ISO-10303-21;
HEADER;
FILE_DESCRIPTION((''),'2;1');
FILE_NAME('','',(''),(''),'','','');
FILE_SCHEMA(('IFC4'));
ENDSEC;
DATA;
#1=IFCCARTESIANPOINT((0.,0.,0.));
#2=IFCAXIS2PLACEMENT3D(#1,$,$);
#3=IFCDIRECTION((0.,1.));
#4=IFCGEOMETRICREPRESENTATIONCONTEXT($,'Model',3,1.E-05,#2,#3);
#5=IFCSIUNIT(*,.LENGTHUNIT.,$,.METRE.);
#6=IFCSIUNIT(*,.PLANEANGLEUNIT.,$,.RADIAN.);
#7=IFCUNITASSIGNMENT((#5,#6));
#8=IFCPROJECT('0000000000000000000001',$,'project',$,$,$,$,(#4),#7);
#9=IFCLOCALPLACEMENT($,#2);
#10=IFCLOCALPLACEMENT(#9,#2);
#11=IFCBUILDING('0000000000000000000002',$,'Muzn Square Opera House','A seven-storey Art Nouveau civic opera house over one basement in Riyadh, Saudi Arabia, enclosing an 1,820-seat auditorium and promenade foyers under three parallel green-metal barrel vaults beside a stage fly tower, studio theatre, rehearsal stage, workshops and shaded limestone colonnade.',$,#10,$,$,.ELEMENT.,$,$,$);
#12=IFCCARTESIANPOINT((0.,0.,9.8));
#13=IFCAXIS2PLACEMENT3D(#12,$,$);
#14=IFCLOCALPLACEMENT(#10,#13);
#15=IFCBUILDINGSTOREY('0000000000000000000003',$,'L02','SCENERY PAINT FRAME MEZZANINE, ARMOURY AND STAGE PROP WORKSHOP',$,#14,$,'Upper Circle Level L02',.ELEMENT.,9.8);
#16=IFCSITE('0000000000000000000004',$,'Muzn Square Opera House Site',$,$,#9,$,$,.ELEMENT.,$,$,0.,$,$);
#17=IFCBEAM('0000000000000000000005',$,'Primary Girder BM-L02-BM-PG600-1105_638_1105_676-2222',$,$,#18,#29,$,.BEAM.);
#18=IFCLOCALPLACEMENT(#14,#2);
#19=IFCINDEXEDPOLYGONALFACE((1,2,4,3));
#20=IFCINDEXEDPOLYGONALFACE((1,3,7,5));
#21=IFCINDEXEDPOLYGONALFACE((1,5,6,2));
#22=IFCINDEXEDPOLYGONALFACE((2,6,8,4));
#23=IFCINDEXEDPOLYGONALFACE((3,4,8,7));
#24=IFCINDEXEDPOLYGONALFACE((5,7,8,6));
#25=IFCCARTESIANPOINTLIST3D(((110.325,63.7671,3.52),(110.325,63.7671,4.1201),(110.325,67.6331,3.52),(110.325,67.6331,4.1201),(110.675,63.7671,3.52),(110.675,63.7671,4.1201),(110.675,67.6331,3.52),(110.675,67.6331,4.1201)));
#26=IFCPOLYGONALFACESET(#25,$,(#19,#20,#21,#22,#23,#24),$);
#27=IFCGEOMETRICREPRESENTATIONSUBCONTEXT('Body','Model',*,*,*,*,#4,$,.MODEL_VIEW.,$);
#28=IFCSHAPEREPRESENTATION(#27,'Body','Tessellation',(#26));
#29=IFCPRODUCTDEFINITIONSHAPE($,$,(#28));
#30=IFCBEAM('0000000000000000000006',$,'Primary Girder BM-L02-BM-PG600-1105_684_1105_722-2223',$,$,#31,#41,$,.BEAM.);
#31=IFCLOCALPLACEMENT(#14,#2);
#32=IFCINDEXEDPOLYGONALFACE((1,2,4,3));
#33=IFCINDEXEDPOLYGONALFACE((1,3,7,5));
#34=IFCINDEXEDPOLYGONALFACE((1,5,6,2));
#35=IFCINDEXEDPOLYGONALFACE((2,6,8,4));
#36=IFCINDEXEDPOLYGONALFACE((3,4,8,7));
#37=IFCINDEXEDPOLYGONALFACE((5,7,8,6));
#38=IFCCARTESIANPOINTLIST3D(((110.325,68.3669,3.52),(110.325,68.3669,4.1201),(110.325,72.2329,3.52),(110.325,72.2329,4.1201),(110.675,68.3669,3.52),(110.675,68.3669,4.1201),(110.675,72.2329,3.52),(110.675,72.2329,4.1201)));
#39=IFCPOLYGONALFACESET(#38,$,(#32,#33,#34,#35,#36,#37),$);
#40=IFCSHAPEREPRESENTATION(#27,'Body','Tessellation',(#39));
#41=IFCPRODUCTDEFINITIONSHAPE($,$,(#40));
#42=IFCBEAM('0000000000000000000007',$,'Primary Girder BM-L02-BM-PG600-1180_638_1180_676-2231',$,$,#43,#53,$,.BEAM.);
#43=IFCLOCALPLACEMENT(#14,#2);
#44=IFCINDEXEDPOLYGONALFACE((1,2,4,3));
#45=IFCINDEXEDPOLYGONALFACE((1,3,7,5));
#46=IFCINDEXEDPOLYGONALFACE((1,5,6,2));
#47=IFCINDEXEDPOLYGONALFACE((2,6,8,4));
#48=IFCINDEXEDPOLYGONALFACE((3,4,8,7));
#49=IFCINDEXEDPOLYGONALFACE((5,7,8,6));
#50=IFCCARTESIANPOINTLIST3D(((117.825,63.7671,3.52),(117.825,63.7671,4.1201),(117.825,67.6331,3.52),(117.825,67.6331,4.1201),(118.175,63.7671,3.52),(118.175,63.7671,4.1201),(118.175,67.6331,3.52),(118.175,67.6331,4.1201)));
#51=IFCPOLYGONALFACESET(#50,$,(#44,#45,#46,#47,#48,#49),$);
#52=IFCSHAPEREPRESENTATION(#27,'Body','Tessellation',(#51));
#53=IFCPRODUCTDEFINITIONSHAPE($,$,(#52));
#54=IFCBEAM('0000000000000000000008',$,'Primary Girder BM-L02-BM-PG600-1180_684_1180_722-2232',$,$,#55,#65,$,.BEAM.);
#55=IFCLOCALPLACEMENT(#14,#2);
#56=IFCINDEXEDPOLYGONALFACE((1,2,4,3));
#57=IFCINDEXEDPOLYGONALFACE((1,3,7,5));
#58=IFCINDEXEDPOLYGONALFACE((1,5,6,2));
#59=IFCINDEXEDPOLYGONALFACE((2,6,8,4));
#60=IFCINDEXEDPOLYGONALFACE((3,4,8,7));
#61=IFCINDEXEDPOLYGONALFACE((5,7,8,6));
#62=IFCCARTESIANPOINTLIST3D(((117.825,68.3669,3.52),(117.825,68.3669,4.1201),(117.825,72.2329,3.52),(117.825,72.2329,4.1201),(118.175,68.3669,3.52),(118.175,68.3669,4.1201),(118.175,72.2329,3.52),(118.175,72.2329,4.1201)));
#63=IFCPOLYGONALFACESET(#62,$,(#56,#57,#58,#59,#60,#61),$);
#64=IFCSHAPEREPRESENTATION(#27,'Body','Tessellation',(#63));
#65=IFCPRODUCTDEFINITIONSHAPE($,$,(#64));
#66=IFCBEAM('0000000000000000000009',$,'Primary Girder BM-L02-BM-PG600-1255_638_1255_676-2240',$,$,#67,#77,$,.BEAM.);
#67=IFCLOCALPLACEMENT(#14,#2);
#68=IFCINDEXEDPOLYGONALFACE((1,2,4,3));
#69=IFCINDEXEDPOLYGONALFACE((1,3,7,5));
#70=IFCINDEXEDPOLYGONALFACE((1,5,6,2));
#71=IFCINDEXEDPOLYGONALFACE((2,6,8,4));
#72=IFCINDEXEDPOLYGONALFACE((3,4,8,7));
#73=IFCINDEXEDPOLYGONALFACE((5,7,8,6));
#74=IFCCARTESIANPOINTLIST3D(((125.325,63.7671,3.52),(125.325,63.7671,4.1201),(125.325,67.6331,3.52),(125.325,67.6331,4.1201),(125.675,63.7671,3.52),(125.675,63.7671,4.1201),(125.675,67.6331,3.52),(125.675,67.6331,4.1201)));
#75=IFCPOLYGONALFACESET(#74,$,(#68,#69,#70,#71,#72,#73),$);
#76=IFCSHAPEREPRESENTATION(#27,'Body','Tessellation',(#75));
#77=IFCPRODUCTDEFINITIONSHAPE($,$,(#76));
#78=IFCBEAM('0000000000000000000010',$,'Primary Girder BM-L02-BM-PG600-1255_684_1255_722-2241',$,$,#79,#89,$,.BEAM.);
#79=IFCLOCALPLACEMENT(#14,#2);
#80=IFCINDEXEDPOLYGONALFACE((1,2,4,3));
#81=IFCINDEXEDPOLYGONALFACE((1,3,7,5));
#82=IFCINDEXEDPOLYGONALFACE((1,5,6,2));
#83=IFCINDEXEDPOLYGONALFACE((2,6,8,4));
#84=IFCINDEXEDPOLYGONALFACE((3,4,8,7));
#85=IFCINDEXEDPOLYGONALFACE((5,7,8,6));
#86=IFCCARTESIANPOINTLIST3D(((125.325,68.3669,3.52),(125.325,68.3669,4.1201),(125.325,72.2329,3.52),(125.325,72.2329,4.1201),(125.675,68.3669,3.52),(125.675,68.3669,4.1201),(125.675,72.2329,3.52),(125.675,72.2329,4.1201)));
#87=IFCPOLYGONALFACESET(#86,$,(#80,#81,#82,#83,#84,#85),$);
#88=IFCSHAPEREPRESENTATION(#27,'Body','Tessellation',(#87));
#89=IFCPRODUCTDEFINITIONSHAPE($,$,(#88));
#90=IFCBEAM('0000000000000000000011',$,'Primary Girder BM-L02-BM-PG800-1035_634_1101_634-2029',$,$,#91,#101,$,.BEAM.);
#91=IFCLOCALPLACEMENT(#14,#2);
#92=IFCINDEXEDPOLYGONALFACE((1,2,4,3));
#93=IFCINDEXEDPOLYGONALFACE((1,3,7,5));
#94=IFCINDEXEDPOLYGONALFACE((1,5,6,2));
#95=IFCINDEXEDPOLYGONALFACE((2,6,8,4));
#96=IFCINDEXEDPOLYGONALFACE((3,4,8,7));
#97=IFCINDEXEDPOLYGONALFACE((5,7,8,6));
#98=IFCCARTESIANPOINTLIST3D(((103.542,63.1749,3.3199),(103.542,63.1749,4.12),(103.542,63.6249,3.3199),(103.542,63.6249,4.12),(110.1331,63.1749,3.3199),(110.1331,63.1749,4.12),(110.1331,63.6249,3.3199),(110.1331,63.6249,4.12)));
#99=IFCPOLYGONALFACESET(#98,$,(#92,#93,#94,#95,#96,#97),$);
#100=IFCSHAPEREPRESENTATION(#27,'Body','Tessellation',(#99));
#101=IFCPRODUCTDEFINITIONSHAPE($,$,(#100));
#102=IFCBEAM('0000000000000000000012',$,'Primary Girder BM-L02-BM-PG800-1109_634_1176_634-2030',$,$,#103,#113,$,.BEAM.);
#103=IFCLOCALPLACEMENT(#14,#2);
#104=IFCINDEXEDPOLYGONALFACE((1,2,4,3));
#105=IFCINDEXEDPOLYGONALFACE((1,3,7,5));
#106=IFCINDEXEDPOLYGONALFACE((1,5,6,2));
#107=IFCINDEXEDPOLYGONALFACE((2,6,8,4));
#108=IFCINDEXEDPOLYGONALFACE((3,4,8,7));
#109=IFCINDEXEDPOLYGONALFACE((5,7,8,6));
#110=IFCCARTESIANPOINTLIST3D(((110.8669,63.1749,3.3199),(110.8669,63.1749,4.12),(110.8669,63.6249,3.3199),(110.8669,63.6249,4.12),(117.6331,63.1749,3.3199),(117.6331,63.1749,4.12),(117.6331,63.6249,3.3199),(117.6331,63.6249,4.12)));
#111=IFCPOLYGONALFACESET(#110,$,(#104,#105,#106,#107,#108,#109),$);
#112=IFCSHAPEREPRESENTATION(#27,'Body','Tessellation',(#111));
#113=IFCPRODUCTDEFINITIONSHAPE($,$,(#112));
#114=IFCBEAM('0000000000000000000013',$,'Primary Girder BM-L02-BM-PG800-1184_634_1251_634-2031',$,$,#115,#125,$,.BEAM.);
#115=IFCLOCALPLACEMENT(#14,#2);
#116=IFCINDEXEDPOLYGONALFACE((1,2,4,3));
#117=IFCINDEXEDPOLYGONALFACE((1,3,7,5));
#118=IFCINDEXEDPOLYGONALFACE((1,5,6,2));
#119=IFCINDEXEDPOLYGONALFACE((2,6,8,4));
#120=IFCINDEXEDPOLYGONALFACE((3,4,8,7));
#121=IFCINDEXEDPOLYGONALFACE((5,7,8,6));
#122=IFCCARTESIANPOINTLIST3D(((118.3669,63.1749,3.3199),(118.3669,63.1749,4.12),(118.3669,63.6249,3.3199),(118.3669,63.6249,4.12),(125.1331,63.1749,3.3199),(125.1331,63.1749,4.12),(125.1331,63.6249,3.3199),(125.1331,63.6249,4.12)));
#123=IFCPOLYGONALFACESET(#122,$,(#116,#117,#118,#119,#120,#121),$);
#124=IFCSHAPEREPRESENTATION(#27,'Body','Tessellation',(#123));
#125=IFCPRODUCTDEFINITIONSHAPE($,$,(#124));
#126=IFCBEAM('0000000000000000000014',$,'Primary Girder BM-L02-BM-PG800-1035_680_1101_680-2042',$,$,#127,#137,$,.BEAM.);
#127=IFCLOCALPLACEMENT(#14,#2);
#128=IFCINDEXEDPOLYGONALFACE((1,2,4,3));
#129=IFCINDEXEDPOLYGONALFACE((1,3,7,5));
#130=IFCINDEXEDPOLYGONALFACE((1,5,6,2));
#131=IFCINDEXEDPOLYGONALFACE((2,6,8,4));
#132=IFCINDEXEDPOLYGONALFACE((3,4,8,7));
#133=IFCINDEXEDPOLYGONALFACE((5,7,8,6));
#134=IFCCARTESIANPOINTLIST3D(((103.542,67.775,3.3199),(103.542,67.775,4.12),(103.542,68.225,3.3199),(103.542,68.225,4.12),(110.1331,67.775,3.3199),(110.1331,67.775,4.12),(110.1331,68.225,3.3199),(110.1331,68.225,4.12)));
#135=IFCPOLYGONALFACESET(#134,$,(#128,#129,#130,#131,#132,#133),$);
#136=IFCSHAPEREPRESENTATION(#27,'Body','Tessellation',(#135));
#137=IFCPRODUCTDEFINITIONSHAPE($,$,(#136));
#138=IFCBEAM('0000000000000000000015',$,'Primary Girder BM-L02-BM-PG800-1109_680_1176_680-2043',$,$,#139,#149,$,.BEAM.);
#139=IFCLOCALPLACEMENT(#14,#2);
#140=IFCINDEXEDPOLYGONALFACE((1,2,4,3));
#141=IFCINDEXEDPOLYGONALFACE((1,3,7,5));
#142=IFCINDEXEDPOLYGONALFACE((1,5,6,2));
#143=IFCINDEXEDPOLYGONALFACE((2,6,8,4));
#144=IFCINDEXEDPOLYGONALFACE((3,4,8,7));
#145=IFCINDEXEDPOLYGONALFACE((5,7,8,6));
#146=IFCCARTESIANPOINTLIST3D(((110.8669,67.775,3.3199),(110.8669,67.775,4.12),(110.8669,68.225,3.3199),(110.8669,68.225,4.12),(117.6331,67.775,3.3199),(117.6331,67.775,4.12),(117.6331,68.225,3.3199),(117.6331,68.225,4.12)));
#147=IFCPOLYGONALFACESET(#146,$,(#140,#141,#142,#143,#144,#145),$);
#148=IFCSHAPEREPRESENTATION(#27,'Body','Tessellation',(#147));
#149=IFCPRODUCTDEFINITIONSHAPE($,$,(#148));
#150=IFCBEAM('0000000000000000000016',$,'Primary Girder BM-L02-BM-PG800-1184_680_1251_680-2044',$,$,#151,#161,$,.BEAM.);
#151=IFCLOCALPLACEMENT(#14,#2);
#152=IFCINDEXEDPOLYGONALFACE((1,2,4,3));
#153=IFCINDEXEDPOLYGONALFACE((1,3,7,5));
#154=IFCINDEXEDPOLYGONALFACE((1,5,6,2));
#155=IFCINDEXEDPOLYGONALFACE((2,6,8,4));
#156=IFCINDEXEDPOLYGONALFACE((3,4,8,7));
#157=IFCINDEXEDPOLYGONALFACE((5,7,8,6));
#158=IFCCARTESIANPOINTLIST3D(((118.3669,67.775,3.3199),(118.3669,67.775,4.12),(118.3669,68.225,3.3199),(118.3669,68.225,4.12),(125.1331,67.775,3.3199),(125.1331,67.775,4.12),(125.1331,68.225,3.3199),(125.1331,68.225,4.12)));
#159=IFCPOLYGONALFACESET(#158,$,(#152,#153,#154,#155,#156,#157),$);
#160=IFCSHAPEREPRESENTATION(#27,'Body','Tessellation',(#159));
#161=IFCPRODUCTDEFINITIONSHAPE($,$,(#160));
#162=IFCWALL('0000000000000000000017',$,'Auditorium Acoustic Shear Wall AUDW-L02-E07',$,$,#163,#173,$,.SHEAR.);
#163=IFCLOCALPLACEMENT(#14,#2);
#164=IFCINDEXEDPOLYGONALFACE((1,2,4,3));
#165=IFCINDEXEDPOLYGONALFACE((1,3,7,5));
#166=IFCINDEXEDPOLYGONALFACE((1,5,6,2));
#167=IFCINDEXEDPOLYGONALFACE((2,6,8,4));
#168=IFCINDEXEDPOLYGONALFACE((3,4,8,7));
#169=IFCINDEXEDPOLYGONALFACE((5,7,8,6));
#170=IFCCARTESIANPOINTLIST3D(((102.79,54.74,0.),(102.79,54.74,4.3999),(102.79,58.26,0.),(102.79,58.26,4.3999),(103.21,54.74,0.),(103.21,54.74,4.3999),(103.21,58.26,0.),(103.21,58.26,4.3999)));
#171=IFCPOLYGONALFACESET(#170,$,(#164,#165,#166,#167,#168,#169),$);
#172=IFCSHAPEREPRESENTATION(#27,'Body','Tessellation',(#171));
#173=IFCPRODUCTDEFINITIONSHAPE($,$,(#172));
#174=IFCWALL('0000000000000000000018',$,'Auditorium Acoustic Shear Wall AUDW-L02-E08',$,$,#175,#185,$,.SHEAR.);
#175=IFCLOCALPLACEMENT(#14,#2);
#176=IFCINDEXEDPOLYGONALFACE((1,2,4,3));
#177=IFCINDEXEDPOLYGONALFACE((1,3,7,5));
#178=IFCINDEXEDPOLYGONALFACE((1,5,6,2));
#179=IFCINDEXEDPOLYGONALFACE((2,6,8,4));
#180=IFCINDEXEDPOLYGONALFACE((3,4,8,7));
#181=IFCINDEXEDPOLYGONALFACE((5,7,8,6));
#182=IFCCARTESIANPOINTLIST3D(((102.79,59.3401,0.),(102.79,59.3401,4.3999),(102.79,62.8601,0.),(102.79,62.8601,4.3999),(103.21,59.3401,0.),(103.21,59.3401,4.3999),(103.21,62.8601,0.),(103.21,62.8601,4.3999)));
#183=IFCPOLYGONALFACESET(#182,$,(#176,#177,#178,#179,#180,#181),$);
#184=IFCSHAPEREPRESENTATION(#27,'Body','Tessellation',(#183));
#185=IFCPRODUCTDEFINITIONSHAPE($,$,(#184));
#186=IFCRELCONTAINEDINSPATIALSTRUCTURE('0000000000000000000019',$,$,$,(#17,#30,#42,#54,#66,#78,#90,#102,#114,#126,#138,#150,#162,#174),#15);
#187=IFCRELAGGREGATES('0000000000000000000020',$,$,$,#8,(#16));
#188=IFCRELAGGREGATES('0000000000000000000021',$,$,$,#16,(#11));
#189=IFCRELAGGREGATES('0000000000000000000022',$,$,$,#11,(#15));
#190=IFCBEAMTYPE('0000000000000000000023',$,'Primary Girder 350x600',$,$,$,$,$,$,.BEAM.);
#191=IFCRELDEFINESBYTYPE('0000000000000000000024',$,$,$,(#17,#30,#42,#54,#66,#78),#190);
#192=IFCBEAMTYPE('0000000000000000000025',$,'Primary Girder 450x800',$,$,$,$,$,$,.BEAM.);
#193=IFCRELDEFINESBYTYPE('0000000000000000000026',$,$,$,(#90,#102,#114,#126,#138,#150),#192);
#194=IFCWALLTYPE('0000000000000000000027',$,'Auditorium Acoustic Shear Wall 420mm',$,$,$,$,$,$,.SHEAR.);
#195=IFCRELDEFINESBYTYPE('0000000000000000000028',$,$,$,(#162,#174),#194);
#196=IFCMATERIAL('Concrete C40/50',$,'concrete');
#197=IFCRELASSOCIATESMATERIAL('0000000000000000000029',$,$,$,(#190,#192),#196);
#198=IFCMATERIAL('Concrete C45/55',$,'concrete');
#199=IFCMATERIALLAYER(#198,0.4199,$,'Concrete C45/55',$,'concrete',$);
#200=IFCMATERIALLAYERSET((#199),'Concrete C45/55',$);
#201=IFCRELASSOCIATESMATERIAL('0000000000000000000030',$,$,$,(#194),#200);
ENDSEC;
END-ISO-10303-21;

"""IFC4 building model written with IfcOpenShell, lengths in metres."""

from ifc_helpers import new_model, si_unit, direction, frame, frame_2d, origin, origin_2d, place, context, subcontext, project, spatial, rectangle, extrude, material, layer, layer_set, material_profile, profile_set, type_object, element, save


model = new_model("IFC4")

# Units and contexts
model_context = context("Model", 3, precision=1e-05, world=origin(), true_north=direction((0.0, 1.0)))
body_context = subcontext(model_context, "Body", "Model", "MODEL_VIEW")
ifc_project = project(units=[si_unit("LENGTHUNIT", "METRE"), si_unit("PLANEANGLEUNIT", "RADIAN")], contexts=[model_context])

# Site, building, storey
site_placement = place(None, origin())
site = spatial("IfcSite", under=ifc_project, at=site_placement, Name="Muzn Square Opera House Site", CompositionType="ELEMENT", RefElevation=0.0)
building_placement = place(site_placement, origin())
building = spatial("IfcBuilding", under=site, at=building_placement, Name="Muzn Square Opera House", Description="A seven-storey Art Nouveau civic opera house over one basement in Riyadh, Saudi Arabia, enclosing an 1,820-seat auditorium and promenade foyers under three parallel green-metal barrel vaults beside a stage fly tower, studio theatre, rehearsal stage, workshops and shaded limestone colonnade.", CompositionType="ELEMENT")
storey_placement = place(building_placement, frame((0.0, 0.0, 9.8)))
storey = spatial("IfcBuildingStorey", under=building, at=storey_placement, Name="L02", Description="SCENERY PAINT FRAME MEZZANINE, ARMOURY AND STAGE PROP WORKSHOP", LongName="Upper Circle Level L02", CompositionType="ELEMENT", Elevation=9.8)

# Shared definitions
ifc_material_1 = material(Name="Concrete C45/55", Category="concrete")

# Beams
ifc_material_2 = material(Name="Concrete C40/50", Category="concrete")
ifc_material_profile_1 = material_profile(ifc_material_2, rectangle(XDim=0.3501, YDim=0.6001, at=origin_2d()), Name="RCB 350x600", Category="concrete")
ifc_profile_set_1 = profile_set([ifc_material_profile_1], Name="Concrete C40/50")
beam_type_1 = type_object("IfcBeamType", Name="Primary Girder 350x600", PredefinedType="BEAM", material=ifc_profile_set_1)
for number, where, z_axis, x_axis, name in (
    (1, (110.5, 63.7671, 3.8201), (0.0, 1.0, 0.0), (-1.0, 0.0, 0.0), "Primary Girder BM-L02-BM-PG600-1105_638_1105_676-2222"),
    (2, (110.5, 68.3669, 3.8201), (0.0, 1.0, 0.0), (-1.0, 0.0, 0.0), "Primary Girder BM-L02-BM-PG600-1105_684_1105_722-2223"),
    (3, (118.0, 63.7671, 3.8201), (0.0, 1.0, 0.0), (-1.0, 0.0, 0.0), "Primary Girder BM-L02-BM-PG600-1180_638_1180_676-2231"),
    (4, (118.0, 68.3669, 3.8201), (0.0, 1.0, 0.0), (-1.0, 0.0, 0.0), "Primary Girder BM-L02-BM-PG600-1180_684_1180_722-2232"),
    (5, (125.5, 63.7671, 3.8201), (0.0, 1.0, 0.0), (-1.0, 0.0, 0.0), "Primary Girder BM-L02-BM-PG600-1255_638_1255_676-2240"),
    (6, (125.5, 68.3669, 3.8201), (0.0, 1.0, 0.0), (-1.0, 0.0, 0.0), "Primary Girder BM-L02-BM-PG600-1255_684_1255_722-2241"),
):
    element("IfcBeam", number, at=place(storey_placement, frame(where, z_axis=z_axis, x_axis=x_axis)), inside=storey, type_object=beam_type_1, Name=name, PredefinedType="BEAM", context=body_context, shape_type="SweptSolid", body=[
        extrude(rectangle(XDim=0.3501, YDim=0.6001, at=origin_2d()), origin(), (0.0, 0.0, 1.0), 3.866),
    ])
ifc_material_profile_2 = material_profile(ifc_material_2, rectangle(XDim=0.45, YDim=0.8, at=origin_2d()), Name="RCB 450x800", Category="concrete")
ifc_profile_set_2 = profile_set([ifc_material_profile_2], Name="Concrete C40/50")
beam_type_2 = type_object("IfcBeamType", Name="Primary Girder 450x800", PredefinedType="BEAM", material=ifc_profile_set_2)
beam_1_placement = place(storey_placement, frame((103.542, 63.3999, 3.72), z_axis=(1.0, 0.0, 0.0), x_axis=(0.0, 1.0, 0.0)))
element("IfcBeam", 7, at=beam_1_placement, inside=storey, type_object=beam_type_2, Name="Primary Girder BM-L02-BM-PG800-1035_634_1101_634-2029", PredefinedType="BEAM", context=body_context, shape_type="SweptSolid", body=[
    extrude(rectangle(XDim=0.45, YDim=0.8, at=origin_2d()), origin(), (0.0, 0.0, 1.0), 6.5911),
])
for number, where, z_axis, x_axis, name in (
    (8, (110.8669, 63.3999, 3.72), (1.0, 0.0, 0.0), (0.0, 1.0, 0.0), "Primary Girder BM-L02-BM-PG800-1109_634_1176_634-2030"),
    (9, (118.3669, 63.3999, 3.72), (1.0, 0.0, 0.0), (0.0, 1.0, 0.0), "Primary Girder BM-L02-BM-PG800-1184_634_1251_634-2031"),
):
    element("IfcBeam", number, at=place(storey_placement, frame(where, z_axis=z_axis, x_axis=x_axis)), inside=storey, type_object=beam_type_2, Name=name, PredefinedType="BEAM", context=body_context, shape_type="SweptSolid", body=[
        extrude(rectangle(XDim=0.45, YDim=0.8, at=origin_2d()), origin(), (0.0, 0.0, 1.0), 6.7661),
    ])
beam_2_placement = place(storey_placement, frame((103.542, 68.0, 3.72), z_axis=(1.0, 0.0, 0.0), x_axis=(0.0, 1.0, 0.0)))
element("IfcBeam", 10, at=beam_2_placement, inside=storey, type_object=beam_type_2, Name="Primary Girder BM-L02-BM-PG800-1035_680_1101_680-2042", PredefinedType="BEAM", context=body_context, shape_type="SweptSolid", body=[
    extrude(rectangle(XDim=0.45, YDim=0.8, at=origin_2d()), origin(), (0.0, 0.0, 1.0), 6.5911),
])
for number, where, z_axis, x_axis, name in (
    (11, (110.8669, 68.0, 3.72), (1.0, 0.0, 0.0), (0.0, 1.0, 0.0), "Primary Girder BM-L02-BM-PG800-1109_680_1176_680-2043"),
    (12, (118.3669, 68.0, 3.72), (1.0, 0.0, 0.0), (0.0, 1.0, 0.0), "Primary Girder BM-L02-BM-PG800-1184_680_1251_680-2044"),
):
    element("IfcBeam", number, at=place(storey_placement, frame(where, z_axis=z_axis, x_axis=x_axis)), inside=storey, type_object=beam_type_2, Name=name, PredefinedType="BEAM", context=body_context, shape_type="SweptSolid", body=[
        extrude(rectangle(XDim=0.45, YDim=0.8, at=origin_2d()), origin(), (0.0, 0.0, 1.0), 6.7661),
    ])

# Walls
ifc_layer_1 = layer(ifc_material_1, 0.4199, Name="Concrete C45/55", Category="concrete")
ifc_layer_set_1 = layer_set([ifc_layer_1], Name="Concrete C45/55")
wall_type_1 = type_object("IfcWallType", Name="Auditorium Acoustic Shear Wall 420mm", PredefinedType="SHEAR", material=ifc_layer_set_1)
for number, where, z_axis, x_axis, name in (
    (13, (103.0, 54.74, 0.0), (0.0, 0.0, 1.0), (0.0, 1.0, 0.0), "Auditorium Acoustic Shear Wall AUDW-L02-E07"),
    (14, (103.0, 59.3401, 0.0), (0.0, 0.0, 1.0), (0.0, 1.0, 0.0), "Auditorium Acoustic Shear Wall AUDW-L02-E08"),
):
    element("IfcWall", number, at=place(storey_placement, frame(where, z_axis=z_axis, x_axis=x_axis)), inside=storey, type_object=wall_type_1, Name=name, PredefinedType="SHEAR", context=body_context, shape_type="SweptSolid", body=[
        extrude(rectangle(XDim=3.52, YDim=0.4199, at=frame_2d((1.76, 0.0))), origin(), (0.0, 0.0, 1.0), 4.3999),
    ])

save(model, "model.ifc")
